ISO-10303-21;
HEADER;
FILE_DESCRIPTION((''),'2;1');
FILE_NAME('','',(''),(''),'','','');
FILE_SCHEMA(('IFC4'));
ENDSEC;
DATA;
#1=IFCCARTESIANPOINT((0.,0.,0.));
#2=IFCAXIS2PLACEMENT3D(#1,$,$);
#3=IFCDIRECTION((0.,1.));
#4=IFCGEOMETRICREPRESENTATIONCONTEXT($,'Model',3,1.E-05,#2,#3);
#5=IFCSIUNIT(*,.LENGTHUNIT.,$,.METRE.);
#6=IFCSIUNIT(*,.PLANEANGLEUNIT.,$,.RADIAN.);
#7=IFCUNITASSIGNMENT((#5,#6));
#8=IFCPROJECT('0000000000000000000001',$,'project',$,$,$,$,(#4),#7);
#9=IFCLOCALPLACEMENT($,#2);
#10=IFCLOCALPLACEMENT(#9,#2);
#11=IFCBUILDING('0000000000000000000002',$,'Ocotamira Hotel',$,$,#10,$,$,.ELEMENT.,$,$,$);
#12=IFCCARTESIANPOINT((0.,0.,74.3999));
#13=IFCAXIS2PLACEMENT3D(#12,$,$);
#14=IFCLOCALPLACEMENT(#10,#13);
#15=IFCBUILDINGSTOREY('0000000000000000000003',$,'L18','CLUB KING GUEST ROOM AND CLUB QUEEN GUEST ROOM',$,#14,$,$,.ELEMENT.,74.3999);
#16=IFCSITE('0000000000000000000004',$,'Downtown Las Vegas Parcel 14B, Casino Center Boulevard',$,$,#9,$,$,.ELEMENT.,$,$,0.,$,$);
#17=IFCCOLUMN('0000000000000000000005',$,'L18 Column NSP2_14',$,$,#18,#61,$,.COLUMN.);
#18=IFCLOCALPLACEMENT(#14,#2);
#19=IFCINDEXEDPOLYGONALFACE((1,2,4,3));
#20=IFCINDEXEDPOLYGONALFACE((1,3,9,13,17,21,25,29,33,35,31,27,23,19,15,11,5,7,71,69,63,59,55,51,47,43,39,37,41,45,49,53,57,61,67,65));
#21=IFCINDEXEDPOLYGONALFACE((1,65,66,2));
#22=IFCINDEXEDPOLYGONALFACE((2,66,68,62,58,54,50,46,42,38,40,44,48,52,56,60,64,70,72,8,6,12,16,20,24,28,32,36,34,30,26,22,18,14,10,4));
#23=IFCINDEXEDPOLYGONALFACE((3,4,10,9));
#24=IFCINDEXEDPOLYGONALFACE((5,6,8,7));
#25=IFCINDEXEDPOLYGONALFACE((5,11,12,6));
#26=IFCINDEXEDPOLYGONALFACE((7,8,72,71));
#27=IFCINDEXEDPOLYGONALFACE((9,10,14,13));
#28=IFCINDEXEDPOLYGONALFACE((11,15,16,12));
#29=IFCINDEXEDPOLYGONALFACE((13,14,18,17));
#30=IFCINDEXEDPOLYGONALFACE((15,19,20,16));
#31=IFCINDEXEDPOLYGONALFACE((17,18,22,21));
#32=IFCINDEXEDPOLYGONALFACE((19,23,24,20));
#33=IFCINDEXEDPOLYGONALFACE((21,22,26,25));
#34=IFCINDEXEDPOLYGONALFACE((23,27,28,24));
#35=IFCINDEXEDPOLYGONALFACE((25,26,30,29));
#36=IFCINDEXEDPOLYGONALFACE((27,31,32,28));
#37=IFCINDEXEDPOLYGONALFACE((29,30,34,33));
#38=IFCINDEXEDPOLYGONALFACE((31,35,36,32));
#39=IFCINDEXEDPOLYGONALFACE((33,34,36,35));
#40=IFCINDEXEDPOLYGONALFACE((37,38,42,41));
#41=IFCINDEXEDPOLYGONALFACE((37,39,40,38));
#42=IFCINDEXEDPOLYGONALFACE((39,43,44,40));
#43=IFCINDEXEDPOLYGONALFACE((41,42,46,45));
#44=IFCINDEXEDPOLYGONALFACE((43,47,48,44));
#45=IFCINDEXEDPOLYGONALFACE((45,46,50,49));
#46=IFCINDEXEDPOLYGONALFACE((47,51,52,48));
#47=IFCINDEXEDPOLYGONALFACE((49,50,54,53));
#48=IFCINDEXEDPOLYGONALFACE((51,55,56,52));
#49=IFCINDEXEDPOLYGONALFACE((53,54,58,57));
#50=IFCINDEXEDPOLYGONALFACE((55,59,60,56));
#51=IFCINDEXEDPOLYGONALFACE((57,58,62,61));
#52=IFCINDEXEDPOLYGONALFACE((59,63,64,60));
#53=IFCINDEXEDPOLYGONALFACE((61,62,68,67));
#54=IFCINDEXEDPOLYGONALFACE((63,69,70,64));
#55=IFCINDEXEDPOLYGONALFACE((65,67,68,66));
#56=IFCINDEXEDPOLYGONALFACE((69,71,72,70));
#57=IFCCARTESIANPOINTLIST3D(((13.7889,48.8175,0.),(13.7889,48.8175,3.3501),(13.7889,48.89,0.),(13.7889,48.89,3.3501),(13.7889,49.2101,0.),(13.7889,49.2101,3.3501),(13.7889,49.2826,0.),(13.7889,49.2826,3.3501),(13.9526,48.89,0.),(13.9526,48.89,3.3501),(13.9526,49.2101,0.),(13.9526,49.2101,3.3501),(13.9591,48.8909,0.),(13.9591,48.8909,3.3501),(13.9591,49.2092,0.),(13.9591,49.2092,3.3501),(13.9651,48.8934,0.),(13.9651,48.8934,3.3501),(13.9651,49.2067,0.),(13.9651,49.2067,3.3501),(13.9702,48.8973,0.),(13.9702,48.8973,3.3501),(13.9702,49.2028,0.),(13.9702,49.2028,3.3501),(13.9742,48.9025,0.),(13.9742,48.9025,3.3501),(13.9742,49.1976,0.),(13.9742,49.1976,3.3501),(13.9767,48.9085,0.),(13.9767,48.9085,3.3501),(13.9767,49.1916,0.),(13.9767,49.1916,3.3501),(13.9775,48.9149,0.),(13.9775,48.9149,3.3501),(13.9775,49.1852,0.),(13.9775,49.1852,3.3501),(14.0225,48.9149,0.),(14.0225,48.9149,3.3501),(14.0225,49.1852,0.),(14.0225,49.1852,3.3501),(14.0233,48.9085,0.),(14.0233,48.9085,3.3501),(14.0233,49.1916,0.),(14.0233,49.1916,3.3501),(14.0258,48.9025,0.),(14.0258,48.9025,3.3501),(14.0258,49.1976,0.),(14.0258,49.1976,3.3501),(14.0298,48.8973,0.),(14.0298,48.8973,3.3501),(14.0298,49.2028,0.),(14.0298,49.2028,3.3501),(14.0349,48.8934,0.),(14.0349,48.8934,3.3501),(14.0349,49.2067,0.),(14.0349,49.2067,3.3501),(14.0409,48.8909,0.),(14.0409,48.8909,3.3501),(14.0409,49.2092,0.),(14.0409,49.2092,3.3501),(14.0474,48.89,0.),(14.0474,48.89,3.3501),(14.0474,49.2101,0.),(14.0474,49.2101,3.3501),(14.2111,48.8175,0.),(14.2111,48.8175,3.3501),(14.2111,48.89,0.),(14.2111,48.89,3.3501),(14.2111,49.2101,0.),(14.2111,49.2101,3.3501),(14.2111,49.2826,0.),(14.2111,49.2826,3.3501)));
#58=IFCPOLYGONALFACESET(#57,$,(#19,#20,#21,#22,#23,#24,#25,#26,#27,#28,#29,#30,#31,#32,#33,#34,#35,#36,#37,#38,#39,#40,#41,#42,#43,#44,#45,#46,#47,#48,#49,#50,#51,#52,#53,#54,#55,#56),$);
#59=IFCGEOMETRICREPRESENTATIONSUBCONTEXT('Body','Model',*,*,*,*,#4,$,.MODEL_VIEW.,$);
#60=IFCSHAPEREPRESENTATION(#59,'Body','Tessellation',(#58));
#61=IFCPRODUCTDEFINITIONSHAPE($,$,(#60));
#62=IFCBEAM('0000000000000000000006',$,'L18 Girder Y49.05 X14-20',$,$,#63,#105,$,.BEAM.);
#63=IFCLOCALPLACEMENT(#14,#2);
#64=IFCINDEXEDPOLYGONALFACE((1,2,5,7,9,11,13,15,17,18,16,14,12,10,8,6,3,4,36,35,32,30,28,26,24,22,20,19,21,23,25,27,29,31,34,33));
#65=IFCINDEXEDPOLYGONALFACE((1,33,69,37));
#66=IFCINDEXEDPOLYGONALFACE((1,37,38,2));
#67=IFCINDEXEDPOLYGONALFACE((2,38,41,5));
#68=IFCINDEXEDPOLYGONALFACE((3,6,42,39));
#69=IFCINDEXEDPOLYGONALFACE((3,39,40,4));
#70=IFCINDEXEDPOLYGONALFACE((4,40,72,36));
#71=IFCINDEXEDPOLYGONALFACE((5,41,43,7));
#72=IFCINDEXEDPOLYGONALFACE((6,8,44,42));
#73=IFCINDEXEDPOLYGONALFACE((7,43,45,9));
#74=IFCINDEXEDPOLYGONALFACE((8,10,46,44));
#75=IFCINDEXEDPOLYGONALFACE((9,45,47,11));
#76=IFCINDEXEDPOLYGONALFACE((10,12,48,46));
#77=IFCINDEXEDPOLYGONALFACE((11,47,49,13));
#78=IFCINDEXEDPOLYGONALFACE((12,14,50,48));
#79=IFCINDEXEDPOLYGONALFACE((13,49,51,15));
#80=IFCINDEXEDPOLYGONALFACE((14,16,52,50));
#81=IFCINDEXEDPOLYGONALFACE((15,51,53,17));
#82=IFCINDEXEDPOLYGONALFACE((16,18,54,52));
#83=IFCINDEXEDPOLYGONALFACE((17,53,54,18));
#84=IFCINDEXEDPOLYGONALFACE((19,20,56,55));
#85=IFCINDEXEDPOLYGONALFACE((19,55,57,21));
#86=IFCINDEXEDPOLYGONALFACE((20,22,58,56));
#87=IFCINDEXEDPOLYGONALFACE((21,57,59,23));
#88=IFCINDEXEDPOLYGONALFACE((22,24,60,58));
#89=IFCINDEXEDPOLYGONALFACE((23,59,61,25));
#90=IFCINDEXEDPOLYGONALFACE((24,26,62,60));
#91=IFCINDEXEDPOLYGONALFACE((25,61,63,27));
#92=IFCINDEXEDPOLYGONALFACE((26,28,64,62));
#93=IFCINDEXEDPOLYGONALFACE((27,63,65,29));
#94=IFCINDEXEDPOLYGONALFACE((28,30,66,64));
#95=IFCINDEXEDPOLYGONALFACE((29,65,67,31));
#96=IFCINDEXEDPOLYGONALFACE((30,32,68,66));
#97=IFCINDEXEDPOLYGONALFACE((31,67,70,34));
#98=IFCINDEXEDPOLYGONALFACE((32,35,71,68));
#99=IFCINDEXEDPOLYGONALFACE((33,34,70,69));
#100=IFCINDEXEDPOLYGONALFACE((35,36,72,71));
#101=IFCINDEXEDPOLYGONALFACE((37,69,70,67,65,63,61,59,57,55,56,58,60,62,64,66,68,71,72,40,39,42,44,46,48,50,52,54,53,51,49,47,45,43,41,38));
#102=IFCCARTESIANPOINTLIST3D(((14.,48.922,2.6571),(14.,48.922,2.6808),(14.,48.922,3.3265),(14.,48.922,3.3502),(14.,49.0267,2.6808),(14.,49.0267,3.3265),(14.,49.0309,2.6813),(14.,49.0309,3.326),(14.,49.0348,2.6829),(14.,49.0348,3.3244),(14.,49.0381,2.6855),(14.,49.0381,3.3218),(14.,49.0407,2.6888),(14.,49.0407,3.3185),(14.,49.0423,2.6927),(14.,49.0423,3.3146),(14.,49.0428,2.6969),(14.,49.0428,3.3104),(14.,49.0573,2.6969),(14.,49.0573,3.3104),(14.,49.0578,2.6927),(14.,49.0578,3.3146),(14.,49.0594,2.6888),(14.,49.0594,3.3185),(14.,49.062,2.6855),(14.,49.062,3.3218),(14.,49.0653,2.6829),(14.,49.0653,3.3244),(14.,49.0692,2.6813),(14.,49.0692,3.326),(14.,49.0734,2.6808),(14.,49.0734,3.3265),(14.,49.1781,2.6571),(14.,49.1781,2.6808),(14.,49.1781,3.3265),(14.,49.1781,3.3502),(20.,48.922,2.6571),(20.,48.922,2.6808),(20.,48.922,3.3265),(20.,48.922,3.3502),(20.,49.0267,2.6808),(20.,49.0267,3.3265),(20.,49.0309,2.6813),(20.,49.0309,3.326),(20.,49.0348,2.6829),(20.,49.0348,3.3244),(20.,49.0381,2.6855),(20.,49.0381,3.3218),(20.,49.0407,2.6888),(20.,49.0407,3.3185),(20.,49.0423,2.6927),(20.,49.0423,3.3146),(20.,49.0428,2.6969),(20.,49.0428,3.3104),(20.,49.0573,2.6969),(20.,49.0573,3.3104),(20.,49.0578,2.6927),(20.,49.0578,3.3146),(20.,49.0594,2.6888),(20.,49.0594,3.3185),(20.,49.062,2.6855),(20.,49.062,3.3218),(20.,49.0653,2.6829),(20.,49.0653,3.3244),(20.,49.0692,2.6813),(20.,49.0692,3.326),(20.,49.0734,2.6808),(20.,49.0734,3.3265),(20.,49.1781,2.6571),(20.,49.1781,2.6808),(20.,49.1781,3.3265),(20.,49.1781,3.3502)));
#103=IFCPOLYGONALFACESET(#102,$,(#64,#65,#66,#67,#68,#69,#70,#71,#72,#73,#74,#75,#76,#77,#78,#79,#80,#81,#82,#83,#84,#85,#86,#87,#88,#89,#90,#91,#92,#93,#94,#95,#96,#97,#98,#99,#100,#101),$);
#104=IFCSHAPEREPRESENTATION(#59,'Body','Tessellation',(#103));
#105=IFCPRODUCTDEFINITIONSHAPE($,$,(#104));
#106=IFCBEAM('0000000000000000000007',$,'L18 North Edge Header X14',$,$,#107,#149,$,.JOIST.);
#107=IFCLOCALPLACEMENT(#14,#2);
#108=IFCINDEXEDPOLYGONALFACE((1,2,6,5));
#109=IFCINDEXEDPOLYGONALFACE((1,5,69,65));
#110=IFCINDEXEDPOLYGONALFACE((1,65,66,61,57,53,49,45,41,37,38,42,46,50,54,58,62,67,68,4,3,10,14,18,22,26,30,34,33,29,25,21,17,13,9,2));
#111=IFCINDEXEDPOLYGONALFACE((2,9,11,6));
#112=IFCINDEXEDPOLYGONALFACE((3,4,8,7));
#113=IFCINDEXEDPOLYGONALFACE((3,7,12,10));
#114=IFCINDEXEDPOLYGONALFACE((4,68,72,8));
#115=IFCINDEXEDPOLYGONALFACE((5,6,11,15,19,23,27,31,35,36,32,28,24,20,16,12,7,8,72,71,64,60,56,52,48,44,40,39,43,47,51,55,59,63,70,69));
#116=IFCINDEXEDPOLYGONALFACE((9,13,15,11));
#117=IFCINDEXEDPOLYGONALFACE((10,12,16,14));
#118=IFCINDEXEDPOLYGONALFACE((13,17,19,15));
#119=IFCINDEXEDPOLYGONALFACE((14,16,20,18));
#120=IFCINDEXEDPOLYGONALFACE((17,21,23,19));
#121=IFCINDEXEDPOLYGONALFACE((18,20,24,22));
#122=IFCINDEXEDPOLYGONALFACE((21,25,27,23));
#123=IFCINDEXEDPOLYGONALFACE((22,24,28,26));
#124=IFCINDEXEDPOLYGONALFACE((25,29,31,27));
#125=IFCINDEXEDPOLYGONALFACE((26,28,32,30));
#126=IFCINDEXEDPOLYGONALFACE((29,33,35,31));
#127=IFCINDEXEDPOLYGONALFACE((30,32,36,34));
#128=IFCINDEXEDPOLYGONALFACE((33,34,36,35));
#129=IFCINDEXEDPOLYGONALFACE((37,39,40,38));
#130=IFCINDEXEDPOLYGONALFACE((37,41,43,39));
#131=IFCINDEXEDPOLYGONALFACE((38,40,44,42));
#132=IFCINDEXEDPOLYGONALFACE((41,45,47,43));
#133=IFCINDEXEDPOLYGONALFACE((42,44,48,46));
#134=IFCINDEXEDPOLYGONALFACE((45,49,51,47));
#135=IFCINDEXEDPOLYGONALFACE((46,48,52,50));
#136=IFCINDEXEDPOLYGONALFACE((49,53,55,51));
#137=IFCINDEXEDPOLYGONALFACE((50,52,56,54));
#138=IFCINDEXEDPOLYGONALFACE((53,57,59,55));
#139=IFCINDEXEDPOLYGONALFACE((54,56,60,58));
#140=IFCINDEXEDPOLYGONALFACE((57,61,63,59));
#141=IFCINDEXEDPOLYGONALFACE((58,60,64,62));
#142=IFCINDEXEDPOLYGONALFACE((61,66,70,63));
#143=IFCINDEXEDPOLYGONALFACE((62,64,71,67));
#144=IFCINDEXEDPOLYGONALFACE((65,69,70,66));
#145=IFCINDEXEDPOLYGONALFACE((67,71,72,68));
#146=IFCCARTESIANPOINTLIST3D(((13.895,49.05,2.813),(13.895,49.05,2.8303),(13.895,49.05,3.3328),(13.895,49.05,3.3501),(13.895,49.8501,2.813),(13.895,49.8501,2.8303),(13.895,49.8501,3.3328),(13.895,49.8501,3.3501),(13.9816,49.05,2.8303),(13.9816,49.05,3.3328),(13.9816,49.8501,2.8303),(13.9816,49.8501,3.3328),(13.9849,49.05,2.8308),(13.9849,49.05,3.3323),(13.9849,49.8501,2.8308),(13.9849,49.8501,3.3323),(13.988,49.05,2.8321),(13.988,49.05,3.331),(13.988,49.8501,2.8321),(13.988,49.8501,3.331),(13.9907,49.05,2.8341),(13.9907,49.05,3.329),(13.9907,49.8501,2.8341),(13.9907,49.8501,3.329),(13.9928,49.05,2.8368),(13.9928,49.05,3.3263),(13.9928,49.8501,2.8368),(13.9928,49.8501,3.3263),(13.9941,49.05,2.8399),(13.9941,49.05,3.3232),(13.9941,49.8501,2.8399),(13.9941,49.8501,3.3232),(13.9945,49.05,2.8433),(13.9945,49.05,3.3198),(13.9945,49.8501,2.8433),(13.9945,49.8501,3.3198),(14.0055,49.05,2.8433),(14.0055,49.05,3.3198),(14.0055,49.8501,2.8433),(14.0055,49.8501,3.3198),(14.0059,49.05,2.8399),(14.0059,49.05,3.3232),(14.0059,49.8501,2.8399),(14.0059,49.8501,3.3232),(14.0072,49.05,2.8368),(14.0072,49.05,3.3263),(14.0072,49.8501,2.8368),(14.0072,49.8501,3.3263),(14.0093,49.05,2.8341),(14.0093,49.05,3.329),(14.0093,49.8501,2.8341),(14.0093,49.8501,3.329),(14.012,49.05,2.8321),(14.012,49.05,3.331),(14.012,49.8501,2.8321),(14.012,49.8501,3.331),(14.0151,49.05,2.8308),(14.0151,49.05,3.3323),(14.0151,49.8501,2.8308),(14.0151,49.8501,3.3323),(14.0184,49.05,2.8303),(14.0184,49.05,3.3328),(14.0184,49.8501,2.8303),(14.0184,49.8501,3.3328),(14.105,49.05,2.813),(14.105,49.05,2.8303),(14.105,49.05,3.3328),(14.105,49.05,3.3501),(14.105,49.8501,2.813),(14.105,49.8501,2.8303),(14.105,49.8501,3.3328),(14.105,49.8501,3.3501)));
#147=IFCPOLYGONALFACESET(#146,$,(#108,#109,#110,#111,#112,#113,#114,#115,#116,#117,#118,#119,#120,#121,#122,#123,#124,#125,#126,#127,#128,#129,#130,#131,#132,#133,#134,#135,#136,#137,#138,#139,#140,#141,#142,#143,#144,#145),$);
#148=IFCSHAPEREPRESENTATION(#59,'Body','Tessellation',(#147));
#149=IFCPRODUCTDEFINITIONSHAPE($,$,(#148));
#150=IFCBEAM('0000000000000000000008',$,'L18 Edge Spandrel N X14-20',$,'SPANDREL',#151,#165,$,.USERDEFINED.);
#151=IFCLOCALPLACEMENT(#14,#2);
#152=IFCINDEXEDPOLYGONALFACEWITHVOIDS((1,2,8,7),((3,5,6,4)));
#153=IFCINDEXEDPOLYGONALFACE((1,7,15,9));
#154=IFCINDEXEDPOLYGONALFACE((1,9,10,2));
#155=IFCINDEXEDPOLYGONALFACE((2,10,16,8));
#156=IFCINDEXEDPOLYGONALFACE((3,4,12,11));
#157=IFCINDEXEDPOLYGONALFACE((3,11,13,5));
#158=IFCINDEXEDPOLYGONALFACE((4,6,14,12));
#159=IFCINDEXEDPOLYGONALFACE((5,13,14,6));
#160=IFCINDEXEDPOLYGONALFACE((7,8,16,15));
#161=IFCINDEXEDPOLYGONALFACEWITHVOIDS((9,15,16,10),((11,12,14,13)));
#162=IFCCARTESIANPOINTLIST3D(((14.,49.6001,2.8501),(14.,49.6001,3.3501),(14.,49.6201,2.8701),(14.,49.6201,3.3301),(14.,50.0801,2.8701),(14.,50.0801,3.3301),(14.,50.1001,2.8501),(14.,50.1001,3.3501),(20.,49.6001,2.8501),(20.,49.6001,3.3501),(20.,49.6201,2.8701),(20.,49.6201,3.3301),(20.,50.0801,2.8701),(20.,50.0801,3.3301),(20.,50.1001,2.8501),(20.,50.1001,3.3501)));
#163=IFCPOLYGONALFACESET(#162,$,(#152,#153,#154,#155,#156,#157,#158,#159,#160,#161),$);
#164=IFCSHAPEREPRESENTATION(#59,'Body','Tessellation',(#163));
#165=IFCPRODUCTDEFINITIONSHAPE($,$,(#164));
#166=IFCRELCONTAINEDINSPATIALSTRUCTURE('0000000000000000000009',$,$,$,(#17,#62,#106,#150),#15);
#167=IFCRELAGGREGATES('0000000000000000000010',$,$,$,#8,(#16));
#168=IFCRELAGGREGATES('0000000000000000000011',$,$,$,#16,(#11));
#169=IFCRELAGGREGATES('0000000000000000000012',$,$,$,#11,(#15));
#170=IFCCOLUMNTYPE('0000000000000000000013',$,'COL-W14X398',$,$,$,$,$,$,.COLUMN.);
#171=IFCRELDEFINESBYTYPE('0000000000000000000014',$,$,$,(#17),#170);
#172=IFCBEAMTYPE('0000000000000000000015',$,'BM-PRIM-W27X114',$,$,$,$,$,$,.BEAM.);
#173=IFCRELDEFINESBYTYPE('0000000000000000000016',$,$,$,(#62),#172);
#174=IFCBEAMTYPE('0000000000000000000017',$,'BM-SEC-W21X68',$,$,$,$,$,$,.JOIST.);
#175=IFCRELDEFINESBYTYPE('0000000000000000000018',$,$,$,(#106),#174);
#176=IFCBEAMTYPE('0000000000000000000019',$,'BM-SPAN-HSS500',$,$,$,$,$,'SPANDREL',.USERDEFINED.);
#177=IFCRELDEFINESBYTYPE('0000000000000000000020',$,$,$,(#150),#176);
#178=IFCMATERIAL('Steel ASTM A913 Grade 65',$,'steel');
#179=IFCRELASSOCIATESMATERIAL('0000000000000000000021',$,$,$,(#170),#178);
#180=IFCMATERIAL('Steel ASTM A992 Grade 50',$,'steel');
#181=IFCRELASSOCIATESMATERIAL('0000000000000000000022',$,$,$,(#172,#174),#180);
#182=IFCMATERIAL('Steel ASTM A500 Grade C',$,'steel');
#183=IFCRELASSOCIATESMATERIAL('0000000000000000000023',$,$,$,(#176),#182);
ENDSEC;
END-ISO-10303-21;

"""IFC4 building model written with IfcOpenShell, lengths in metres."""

from ifc_helpers import new_model, si_unit, direction, frame, origin, origin_2d, place, context, subcontext, project, spatial, hollow_rectangle, i_section, extrude, source, transform, mapped, material, material_profile, profile_set, type_object, element, save


model = new_model("IFC4")

# Units and contexts
model_context = context("Model", 3, precision=1e-05, world=origin(), true_north=direction((0.0, 1.0)))
body_context = subcontext(model_context, "Body", "Model", "MODEL_VIEW")
ifc_project = project(units=[si_unit("LENGTHUNIT", "METRE"), si_unit("PLANEANGLEUNIT", "RADIAN")], contexts=[model_context])

# Site, building, storey
site_placement = place(None, origin())
site = spatial("IfcSite", under=ifc_project, at=site_placement, Name="Downtown Las Vegas Parcel 14B, Casino Center Boulevard", CompositionType="ELEMENT", RefElevation=0.0)
building_placement = place(site_placement, origin())
building = spatial("IfcBuilding", under=site, at=building_placement, Name="Ocotamira Hotel", CompositionType="ELEMENT")
storey_placement = place(building_placement, frame((0.0, 0.0, 74.3999)))
storey = spatial("IfcBuildingStorey", under=building, at=storey_placement, Name="L18", Description="CLUB KING GUEST ROOM AND CLUB QUEEN GUEST ROOM", CompositionType="ELEMENT", Elevation=74.3999)

# Column
ifc_material_1 = material(Name="Steel ASTM A913 Grade 65", Category="steel")
ifc_material_profile_1 = material_profile(ifc_material_1, i_section(OverallWidth=0.4221, OverallDepth=0.4651, WebThickness=0.0449, FlangeThickness=0.0725, FilletRadius=0.0249, at=origin_2d()), Name="W14X398")
ifc_profile_set_1 = profile_set([ifc_material_profile_1], Name="Steel ASTM A913 Grade 65")
column_type = type_object("IfcColumnType", Name="COL-W14X398", PredefinedType="COLUMN", material=ifc_profile_set_1)
shared_shape_1 = source(origin(), body_context, "Body", "SweptSolid", [
    extrude(i_section(OverallWidth=0.4221, OverallDepth=0.4651, WebThickness=0.0449, FlangeThickness=0.0725, FilletRadius=0.0249, at=origin_2d()), origin(), (0.0, 0.0, 1.0), 3.3501),
])
column_placement = place(storey_placement, frame((14.0, 49.05, 0.0), z_axis=(0.0, 0.0, 1.0), x_axis=(1.0, 0.0, 0.0)))
element("IfcColumn", 1, at=column_placement, inside=storey, type_object=column_type, Name="L18 Column NSP2_14", PredefinedType="COLUMN", context=body_context, shape_type="MappedRepresentation", body=[
    mapped(shared_shape_1, transform((0.0, 0.0, 0.0), scale=1.0)),
])

# Beams
ifc_material_2 = material(Name="Steel ASTM A992 Grade 50", Category="steel")
ifc_material_profile_2 = material_profile(ifc_material_2, i_section(OverallWidth=0.2561, OverallDepth=0.6931, WebThickness=0.0144, FlangeThickness=0.0237, FilletRadius=0.0161, at=origin_2d()), Name="W27X114")
ifc_profile_set_2 = profile_set([ifc_material_profile_2], Name="Steel ASTM A992 Grade 50")
beam_type_1 = type_object("IfcBeamType", Name="BM-PRIM-W27X114", PredefinedType="BEAM", material=ifc_profile_set_2)
shared_shape_2 = source(origin(), body_context, "Body", "SweptSolid", [
    extrude(i_section(OverallWidth=0.2561, OverallDepth=0.6931, WebThickness=0.0144, FlangeThickness=0.0237, FilletRadius=0.0161, at=origin_2d()), origin(), (0.0, 0.0, 1.0), 6.0),
])
beam_1_placement = place(storey_placement, frame((14.0, 49.05, 3.0037), z_axis=(1.0, 0.0, 0.0), x_axis=(0.0, 1.0, 0.0)))
element("IfcBeam", 2, at=beam_1_placement, inside=storey, type_object=beam_type_1, Name="L18 Girder Y49.05 X14-20", PredefinedType="BEAM", context=body_context, shape_type="MappedRepresentation", body=[
    mapped(shared_shape_2, transform((0.0, 0.0, 0.0), scale=1.0)),
])
ifc_material_profile_3 = material_profile(ifc_material_2, i_section(OverallWidth=0.21, OverallDepth=0.5371, WebThickness=0.011, FlangeThickness=0.0173, FilletRadius=0.0129, at=origin_2d()), Name="W21X68")
ifc_profile_set_3 = profile_set([ifc_material_profile_3], Name="Steel ASTM A992 Grade 50")
beam_type_2 = type_object("IfcBeamType", Name="BM-SEC-W21X68", PredefinedType="JOIST", material=ifc_profile_set_3)
shared_shape_3 = source(origin(), body_context, "Body", "SweptSolid", [
    extrude(i_section(OverallWidth=0.21, OverallDepth=0.5371, WebThickness=0.011, FlangeThickness=0.0173, FilletRadius=0.0129, at=origin_2d()), origin(), (0.0, 0.0, 1.0), 0.8),
])
beam_2_placement = place(storey_placement, frame((14.0, 49.05, 3.0815), z_axis=(0.0, 1.0, 0.0), x_axis=(-1.0, 0.0, 0.0)))
element("IfcBeam", 3, at=beam_2_placement, inside=storey, type_object=beam_type_2, Name="L18 North Edge Header X14", PredefinedType="JOIST", context=body_context, shape_type="MappedRepresentation", body=[
    mapped(shared_shape_3, transform((0.0, 0.0, 0.0), scale=1.0)),
])
ifc_material_3 = material(Name="Steel ASTM A500 Grade C", Category="steel")
ifc_material_profile_4 = material_profile(ifc_material_3, hollow_rectangle(XDim=0.5, YDim=0.5, WallThickness=0.02, at=origin_2d()), Name="HSS500X500X20")
ifc_profile_set_4 = profile_set([ifc_material_profile_4], Name="Steel ASTM A500 Grade C")
beam_type_3 = type_object("IfcBeamType", Name="BM-SPAN-HSS500", ElementType="SPANDREL", PredefinedType="USERDEFINED", material=ifc_profile_set_4)
shared_shape_4 = source(origin(), body_context, "Body", "SweptSolid", [
    extrude(hollow_rectangle(XDim=0.5, YDim=0.5, WallThickness=0.02, at=origin_2d()), origin(), (0.0, 0.0, 1.0), 6.0),
])
beam_3_placement = place(storey_placement, frame((14.0, 49.8501, 3.1001), z_axis=(1.0, 0.0, 0.0), x_axis=(0.0, 1.0, 0.0)))
element("IfcBeam", 4, at=beam_3_placement, inside=storey, type_object=beam_type_3, Name="L18 Edge Spandrel N X14-20", ObjectType="SPANDREL", PredefinedType="USERDEFINED", context=body_context, shape_type="MappedRepresentation", body=[
    mapped(shared_shape_4, transform((0.0, 0.0, 0.0), scale=1.0)),
])

save(model, "model.ifc")
